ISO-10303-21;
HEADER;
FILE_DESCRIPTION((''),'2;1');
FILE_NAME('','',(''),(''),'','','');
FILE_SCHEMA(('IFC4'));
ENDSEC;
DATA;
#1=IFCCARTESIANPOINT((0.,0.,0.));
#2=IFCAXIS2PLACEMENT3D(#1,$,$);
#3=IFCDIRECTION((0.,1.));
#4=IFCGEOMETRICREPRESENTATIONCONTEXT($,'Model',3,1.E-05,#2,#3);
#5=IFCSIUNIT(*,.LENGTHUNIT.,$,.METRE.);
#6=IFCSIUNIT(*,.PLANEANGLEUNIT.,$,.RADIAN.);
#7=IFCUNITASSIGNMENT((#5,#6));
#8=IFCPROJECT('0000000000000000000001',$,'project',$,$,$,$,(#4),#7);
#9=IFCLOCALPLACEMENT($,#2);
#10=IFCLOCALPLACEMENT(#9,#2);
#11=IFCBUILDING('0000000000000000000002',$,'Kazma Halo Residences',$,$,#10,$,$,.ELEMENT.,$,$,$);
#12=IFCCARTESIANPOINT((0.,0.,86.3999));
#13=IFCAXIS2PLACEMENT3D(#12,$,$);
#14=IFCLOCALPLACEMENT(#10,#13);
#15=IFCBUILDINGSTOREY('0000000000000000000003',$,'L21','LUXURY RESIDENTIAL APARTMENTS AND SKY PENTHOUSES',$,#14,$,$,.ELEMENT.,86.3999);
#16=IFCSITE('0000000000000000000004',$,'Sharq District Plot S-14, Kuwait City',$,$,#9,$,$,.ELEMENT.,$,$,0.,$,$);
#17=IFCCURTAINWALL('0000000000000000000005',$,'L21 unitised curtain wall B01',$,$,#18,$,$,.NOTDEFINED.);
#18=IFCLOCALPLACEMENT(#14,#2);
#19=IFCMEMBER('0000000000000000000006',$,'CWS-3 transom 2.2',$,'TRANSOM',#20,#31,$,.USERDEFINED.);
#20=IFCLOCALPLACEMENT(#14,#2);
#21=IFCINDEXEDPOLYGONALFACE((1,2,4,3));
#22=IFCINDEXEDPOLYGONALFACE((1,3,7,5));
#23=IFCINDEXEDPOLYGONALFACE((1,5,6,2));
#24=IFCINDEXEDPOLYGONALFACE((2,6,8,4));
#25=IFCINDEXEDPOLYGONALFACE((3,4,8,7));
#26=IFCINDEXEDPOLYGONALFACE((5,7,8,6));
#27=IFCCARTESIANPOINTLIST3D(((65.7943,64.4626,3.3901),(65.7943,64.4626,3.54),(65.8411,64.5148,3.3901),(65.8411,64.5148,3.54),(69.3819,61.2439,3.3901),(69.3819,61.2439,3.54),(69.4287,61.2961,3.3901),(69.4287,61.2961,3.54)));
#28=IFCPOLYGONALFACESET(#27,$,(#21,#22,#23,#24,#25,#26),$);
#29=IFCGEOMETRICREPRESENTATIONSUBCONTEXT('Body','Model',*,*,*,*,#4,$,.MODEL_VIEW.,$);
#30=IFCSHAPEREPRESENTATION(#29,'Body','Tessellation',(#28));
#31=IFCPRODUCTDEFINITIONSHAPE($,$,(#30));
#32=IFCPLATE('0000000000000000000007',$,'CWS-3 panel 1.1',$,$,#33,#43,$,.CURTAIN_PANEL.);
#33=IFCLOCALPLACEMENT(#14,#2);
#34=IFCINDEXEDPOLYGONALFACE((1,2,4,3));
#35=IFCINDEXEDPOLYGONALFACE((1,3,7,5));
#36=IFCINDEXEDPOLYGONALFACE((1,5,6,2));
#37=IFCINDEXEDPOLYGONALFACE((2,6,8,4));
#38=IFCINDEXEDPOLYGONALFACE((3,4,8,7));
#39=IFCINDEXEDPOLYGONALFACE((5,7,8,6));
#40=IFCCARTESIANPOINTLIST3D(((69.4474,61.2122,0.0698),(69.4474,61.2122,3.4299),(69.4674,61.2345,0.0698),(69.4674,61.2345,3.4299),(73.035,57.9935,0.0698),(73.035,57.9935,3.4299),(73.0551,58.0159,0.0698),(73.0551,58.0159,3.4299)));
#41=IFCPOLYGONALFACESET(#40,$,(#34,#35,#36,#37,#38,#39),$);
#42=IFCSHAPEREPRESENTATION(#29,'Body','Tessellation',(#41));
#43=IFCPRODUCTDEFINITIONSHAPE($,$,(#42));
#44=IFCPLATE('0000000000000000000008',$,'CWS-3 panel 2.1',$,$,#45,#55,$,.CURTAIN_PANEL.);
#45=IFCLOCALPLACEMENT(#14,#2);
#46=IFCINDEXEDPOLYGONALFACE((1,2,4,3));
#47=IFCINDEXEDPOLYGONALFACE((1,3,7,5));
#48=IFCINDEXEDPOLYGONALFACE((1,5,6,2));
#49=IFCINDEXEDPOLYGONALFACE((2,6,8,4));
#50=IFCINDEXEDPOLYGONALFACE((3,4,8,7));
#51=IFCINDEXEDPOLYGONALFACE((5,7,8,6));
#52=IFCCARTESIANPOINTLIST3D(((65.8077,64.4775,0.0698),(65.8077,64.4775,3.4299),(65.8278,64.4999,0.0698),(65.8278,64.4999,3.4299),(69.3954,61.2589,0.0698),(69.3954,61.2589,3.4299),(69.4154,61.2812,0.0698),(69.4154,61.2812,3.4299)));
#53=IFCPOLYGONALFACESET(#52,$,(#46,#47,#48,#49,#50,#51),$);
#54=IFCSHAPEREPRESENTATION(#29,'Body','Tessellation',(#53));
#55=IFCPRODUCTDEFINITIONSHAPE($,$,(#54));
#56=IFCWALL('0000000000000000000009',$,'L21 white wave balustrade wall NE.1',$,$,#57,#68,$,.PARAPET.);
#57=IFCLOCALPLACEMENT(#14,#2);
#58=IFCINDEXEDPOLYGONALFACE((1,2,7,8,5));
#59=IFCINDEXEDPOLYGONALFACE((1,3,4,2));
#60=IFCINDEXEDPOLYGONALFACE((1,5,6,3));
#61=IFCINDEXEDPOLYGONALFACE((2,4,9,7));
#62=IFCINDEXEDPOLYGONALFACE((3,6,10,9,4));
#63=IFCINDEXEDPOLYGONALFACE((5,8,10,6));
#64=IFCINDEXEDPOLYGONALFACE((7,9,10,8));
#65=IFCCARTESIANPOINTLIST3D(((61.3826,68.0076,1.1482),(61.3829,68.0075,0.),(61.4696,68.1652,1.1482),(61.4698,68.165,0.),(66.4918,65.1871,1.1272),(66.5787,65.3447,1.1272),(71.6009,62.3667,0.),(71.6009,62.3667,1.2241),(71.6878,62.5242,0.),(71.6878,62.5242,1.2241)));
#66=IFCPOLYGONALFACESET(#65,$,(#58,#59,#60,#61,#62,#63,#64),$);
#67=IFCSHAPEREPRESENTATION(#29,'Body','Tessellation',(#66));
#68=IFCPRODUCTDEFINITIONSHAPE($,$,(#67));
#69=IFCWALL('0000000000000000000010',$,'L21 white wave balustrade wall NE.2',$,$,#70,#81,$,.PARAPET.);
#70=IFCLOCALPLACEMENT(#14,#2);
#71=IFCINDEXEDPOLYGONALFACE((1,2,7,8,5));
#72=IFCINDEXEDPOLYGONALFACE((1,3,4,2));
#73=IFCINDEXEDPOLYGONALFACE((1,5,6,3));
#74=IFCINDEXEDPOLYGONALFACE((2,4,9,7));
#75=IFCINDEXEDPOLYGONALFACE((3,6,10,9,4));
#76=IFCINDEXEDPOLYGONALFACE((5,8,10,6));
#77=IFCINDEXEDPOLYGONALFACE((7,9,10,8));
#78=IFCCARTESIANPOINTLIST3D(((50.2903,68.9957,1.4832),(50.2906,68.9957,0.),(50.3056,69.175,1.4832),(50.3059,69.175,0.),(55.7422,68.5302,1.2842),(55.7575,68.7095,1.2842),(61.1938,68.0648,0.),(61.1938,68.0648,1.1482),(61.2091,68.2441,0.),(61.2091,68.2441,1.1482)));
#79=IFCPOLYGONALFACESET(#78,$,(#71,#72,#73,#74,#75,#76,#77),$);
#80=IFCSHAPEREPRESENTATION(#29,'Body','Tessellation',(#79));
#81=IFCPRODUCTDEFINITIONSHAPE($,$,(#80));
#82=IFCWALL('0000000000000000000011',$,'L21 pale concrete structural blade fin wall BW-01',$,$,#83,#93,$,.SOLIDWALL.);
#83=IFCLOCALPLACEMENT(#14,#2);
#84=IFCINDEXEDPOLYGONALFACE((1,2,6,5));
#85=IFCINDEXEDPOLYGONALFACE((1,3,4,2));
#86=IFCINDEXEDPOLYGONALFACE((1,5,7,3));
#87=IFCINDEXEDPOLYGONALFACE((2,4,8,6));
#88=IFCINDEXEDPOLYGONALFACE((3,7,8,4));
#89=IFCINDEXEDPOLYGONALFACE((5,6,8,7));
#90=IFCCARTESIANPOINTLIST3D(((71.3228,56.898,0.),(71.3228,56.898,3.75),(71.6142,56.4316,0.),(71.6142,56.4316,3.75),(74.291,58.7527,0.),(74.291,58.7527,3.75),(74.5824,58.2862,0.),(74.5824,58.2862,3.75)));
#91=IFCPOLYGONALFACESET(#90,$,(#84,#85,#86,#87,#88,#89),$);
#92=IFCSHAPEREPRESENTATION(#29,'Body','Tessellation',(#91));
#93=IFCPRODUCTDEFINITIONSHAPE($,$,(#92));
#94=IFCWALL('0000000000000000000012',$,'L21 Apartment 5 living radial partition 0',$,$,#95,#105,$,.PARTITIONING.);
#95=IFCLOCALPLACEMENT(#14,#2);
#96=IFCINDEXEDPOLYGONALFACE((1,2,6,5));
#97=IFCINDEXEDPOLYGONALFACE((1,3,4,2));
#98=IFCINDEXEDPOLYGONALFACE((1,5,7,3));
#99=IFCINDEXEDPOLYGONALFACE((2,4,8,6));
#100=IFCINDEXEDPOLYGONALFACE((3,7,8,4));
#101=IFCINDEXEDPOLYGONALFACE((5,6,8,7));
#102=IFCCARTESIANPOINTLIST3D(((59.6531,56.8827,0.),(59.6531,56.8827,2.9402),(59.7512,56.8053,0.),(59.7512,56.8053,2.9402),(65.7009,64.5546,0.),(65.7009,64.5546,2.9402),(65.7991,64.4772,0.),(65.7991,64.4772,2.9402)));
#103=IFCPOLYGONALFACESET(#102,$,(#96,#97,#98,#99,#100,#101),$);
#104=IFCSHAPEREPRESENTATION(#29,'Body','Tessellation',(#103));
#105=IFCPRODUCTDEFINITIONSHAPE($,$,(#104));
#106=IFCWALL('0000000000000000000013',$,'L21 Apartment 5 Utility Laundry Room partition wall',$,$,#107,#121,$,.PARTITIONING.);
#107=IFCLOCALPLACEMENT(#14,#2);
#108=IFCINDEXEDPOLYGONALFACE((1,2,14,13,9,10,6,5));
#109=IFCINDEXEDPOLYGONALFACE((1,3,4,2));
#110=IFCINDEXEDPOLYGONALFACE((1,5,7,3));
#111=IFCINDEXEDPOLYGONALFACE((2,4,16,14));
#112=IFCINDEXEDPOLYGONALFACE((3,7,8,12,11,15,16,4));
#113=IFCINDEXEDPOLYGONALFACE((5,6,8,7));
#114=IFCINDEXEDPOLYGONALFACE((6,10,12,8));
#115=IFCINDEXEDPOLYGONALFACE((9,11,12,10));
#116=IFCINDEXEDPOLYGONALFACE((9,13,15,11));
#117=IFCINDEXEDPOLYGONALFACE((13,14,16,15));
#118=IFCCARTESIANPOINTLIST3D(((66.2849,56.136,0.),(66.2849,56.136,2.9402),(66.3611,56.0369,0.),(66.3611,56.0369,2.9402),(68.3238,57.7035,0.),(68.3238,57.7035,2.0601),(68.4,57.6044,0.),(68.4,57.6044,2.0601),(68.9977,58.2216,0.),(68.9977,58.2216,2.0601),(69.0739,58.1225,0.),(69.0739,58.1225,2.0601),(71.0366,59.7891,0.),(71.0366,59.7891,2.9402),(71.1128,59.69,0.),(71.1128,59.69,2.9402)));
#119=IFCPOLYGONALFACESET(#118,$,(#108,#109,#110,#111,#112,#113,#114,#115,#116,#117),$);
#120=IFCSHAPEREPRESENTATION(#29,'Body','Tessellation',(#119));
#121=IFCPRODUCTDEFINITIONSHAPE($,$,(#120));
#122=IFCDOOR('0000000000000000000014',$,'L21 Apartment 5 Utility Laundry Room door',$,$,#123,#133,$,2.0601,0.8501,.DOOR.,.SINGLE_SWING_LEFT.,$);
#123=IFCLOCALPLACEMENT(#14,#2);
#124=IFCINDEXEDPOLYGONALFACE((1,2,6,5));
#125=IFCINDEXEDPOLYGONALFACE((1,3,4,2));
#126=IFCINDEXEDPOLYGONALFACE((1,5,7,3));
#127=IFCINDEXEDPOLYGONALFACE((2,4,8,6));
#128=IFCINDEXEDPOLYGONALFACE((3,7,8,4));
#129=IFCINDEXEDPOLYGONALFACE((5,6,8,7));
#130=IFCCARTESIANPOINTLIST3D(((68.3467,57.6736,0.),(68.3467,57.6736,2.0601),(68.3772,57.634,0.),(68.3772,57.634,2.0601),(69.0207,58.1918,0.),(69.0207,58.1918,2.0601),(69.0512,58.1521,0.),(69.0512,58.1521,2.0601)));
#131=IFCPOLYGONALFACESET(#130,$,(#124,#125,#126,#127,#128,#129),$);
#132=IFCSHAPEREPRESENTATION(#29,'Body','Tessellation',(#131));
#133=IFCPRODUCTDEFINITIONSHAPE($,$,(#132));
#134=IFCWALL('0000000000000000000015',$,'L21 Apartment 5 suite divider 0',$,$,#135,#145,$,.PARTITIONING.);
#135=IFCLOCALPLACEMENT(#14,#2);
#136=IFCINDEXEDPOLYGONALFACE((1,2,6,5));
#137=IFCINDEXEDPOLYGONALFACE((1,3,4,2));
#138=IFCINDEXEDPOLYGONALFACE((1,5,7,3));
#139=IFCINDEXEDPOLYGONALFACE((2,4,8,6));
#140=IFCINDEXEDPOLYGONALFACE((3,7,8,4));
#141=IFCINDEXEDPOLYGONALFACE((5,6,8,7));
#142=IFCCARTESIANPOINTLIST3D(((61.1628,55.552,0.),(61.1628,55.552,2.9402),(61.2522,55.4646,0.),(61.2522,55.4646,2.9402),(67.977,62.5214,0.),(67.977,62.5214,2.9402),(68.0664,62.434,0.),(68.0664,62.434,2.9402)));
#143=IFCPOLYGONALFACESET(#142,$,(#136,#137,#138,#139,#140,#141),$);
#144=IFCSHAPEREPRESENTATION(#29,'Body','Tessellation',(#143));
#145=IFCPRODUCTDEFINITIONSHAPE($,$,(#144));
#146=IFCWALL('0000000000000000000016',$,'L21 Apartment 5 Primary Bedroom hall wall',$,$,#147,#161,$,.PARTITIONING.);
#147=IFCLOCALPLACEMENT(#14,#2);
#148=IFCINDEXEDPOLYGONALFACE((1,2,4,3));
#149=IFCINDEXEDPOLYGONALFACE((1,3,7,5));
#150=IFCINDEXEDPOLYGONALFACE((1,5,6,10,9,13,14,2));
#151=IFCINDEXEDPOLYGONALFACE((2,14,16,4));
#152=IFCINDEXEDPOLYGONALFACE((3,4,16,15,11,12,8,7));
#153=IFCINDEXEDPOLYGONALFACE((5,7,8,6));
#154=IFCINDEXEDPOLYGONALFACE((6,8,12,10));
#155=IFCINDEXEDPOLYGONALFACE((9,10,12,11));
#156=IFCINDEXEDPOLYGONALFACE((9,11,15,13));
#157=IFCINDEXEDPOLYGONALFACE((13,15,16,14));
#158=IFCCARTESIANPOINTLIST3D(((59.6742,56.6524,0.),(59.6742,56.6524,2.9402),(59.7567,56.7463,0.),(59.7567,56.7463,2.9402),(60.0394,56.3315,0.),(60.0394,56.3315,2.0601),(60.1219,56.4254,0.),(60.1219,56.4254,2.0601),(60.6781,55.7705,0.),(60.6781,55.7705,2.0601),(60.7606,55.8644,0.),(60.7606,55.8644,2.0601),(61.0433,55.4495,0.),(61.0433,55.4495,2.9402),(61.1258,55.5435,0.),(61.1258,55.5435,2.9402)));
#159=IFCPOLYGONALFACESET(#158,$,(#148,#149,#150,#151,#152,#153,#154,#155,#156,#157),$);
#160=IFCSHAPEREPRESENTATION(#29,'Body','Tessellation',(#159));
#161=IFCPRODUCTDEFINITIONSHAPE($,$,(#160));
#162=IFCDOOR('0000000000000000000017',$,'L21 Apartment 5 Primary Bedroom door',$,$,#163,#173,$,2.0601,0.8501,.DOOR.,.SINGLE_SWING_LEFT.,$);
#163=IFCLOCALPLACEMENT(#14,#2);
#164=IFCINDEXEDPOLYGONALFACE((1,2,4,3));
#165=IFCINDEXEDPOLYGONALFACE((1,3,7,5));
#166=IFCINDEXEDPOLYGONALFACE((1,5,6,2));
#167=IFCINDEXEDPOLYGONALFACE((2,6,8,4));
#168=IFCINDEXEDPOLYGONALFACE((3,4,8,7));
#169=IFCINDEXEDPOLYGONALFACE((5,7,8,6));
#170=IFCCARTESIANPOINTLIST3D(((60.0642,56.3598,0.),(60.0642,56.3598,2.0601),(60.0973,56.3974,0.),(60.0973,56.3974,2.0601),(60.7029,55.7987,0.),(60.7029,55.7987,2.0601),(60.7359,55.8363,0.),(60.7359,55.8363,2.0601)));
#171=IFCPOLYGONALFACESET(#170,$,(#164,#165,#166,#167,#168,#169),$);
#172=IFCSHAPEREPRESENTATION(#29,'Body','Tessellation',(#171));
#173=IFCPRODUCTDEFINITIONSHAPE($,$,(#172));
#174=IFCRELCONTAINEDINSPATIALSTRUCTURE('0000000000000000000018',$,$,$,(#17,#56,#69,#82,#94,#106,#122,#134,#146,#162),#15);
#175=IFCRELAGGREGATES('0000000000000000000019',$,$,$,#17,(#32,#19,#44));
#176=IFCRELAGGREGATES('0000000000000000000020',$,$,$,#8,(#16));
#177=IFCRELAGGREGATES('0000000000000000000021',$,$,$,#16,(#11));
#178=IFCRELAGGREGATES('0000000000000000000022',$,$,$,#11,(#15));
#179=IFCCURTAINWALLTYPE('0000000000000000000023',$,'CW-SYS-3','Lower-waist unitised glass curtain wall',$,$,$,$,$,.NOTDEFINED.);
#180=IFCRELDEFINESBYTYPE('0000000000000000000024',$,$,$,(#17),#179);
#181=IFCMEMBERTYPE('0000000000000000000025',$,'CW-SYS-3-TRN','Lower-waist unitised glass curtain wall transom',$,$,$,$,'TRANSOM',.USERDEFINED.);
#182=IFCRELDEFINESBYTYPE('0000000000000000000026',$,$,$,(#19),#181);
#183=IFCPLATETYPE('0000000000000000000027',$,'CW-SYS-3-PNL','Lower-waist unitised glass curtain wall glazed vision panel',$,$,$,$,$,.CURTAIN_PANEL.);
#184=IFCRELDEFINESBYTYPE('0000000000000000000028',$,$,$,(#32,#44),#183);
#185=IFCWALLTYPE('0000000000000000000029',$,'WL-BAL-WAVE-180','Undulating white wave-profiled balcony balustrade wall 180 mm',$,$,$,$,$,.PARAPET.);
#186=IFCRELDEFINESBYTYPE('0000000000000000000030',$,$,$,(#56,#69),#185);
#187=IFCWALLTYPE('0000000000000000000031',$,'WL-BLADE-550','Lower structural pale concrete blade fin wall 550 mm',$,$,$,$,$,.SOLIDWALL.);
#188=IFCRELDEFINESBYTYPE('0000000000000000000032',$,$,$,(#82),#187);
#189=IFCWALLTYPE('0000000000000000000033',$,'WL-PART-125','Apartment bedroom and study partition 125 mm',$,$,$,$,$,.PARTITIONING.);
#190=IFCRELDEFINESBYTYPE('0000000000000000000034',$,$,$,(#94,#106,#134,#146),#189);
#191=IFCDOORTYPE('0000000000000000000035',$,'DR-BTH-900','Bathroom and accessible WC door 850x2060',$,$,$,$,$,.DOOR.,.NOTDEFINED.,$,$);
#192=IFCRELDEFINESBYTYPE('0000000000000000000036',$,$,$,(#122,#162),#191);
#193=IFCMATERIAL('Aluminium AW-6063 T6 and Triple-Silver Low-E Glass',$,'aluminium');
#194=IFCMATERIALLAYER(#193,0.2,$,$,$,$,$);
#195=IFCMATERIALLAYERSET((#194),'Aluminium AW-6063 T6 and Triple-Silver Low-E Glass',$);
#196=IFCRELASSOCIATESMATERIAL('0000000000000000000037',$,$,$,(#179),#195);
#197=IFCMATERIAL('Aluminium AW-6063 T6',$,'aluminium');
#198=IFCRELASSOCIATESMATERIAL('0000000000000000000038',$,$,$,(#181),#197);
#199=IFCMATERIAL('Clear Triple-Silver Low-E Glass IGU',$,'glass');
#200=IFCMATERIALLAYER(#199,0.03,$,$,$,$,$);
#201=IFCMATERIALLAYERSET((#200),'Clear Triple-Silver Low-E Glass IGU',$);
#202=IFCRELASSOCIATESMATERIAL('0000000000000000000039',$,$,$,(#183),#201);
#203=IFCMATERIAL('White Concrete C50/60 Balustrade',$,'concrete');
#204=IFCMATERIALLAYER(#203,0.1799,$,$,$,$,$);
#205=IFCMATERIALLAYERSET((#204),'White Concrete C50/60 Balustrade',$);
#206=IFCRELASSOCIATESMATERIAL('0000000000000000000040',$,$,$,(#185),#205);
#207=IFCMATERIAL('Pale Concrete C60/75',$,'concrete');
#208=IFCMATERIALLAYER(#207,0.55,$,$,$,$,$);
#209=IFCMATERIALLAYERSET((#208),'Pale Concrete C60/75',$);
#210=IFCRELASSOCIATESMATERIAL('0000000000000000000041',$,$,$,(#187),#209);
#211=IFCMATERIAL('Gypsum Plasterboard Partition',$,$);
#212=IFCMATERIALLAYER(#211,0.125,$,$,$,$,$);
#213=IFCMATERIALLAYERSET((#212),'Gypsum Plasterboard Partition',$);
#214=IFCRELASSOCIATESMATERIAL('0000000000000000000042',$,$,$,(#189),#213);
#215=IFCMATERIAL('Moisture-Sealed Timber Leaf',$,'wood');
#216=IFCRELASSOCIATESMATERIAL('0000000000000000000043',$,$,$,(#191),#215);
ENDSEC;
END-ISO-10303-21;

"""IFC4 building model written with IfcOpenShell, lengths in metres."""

from ifc_helpers import new_model, si_unit, direction, frame, frame_2d, origin, origin_2d, place, context, subcontext, project, spatial, polyline, rectangle, outline, extrude, material, layer, layer_set, material_profile, profile_set, type_object, element, fill, aggregate, save


model = new_model("IFC4")

# Units and contexts
model_context = context("Model", 3, precision=1e-05, world=origin(), true_north=direction((0.0, 1.0)))
body_context = subcontext(model_context, "Body", "Model", "MODEL_VIEW")
ifc_project = project(units=[si_unit("LENGTHUNIT", "METRE"), si_unit("PLANEANGLEUNIT", "RADIAN")], contexts=[model_context])

# Site, building, storey
site_placement = place(None, origin())
site = spatial("IfcSite", under=ifc_project, at=site_placement, Name="Sharq District Plot S-14, Kuwait City", CompositionType="ELEMENT", RefElevation=0.0)
building_placement = place(site_placement, origin())
building = spatial("IfcBuilding", under=site, at=building_placement, Name="Kazma Halo Residences", CompositionType="ELEMENT")
storey_placement = place(building_placement, frame((0.0, 0.0, 86.3999)))
storey = spatial("IfcBuildingStorey", under=building, at=storey_placement, Name="L21", Description="LUXURY RESIDENTIAL APARTMENTS AND SKY PENTHOUSES", CompositionType="ELEMENT", Elevation=86.3999)

# Curtain wall
ifc_material_1 = material(Name="Aluminium AW-6063 T6 and Triple-Silver Low-E Glass", Category="aluminium")
ifc_layer_1 = layer(ifc_material_1, 0.2)
ifc_layer_set_1 = layer_set([ifc_layer_1], Name="Aluminium AW-6063 T6 and Triple-Silver Low-E Glass")
curtain_wall_type = type_object("IfcCurtainWallType", Name="CW-SYS-3", Description="Lower-waist unitised glass curtain wall", PredefinedType="NOTDEFINED", material=ifc_layer_set_1)
curtain_wall_1_placement = place(storey_placement, origin())
curtain_wall_1 = element("IfcCurtainWall", 1, at=curtain_wall_1_placement, inside=storey, type_object=curtain_wall_type, Name="L21 unitised curtain wall B01", PredefinedType="NOTDEFINED")
ifc_material_2 = material(Name="Aluminium AW-6063 T6", Category="aluminium")

# Member
ifc_material_profile_1 = material_profile(ifc_material_2, rectangle(XDim=0.0701, YDim=0.1499, at=origin_2d()), Name="CWT-70x150")
ifc_profile_set_1 = profile_set([ifc_material_profile_1], Name="Aluminium AW-6063 T6")
member_type_1 = type_object("IfcMemberType", Name="CW-SYS-3-TRN", Description="Lower-waist unitised glass curtain wall transom", ElementType="TRANSOM", PredefinedType="USERDEFINED", material=ifc_profile_set_1)
member_1_placement = place(storey_placement, frame((69.4053, 61.27, 3.4651), z_axis=(-0.744338, 0.667803, 0.0), x_axis=(-0.667803, -0.744338, 0.0)))
member_1 = element("IfcMember", 2, at=member_1_placement, type_object=member_type_1, Name="CWS-3 transom 2.2", ObjectType="TRANSOM", PredefinedType="USERDEFINED", context=body_context, shape_type="SweptSolid", body=[
    extrude(rectangle(XDim=0.0701, YDim=0.1499, at=origin_2d()), origin(), (0.0, 0.0, 1.0), 4.8198),
])

# Plates
ifc_material_3 = material(Name="Clear Triple-Silver Low-E Glass IGU", Category="glass")
ifc_layer_2 = layer(ifc_material_3, 0.03)
ifc_layer_set_2 = layer_set([ifc_layer_2], Name="Clear Triple-Silver Low-E Glass IGU")
plate_type = type_object("IfcPlateType", Name="CW-SYS-3-PNL", Description="Lower-waist unitised glass curtain wall glazed vision panel", PredefinedType="CURTAIN_PANEL", material=ifc_layer_set_2)
plate_1_placement = place(storey_placement, frame((71.2512, 59.614, 0.0698), z_axis=(0.0, 0.0, 1.0), x_axis=(-0.744345, 0.667795, 0.0)))
plate_1 = element("IfcPlate", 3, at=plate_1_placement, type_object=plate_type, Name="CWS-3 panel 1.1", PredefinedType="CURTAIN_PANEL", context=body_context, shape_type="SweptSolid", body=[
    extrude(rectangle(XDim=4.8198, YDim=0.03, at=origin_2d()), origin(), (0.0, 0.0, 1.0), 3.3601),
])
plate_2_placement = place(storey_placement, frame((67.6116, 62.8794, 0.0698), z_axis=(0.0, 0.0, 1.0), x_axis=(-0.744345, 0.667795, 0.0)))
plate_2 = element("IfcPlate", 4, at=plate_2_placement, type_object=plate_type, Name="CWS-3 panel 2.1", PredefinedType="CURTAIN_PANEL", context=body_context, shape_type="SweptSolid", body=[
    extrude(rectangle(XDim=4.8198, YDim=0.03, at=origin_2d()), origin(), (0.0, 0.0, 1.0), 3.3601),
])
aggregate(curtain_wall_1, [plate_1, member_1, plate_2])

# Walls
ifc_material_4 = material(Name="White Concrete C50/60 Balustrade", Category="concrete")
ifc_layer_3 = layer(ifc_material_4, 0.1799)
ifc_layer_set_3 = layer_set([ifc_layer_3], Name="White Concrete C50/60 Balustrade")
wall_type_1 = type_object("IfcWallType", Name="WL-BAL-WAVE-180", Description="Undulating white wave-profiled balcony balustrade wall 180 mm", PredefinedType="PARAPET", material=ifc_layer_set_3)
wall_1_placement = place(storey_placement, frame((71.6443, 62.4453, 0.0), z_axis=(0.0, 0.0, 1.0), x_axis=(-0.875457, 0.483297, 0.0)))
element("IfcWall", 5, at=wall_1_placement, inside=storey, type_object=wall_type_1, Name="L21 white wave balustrade wall NE.1", PredefinedType="PARAPET", context=body_context, shape_type="SweptSolid", body=[
    extrude(outline(polyline([(0.0, 0.0), (11.6716, 0.0), (11.6719, 1.1482), (5.8359, 1.1272), (0.0, 1.2241), (0.0, 0.0)])), frame((0.0, 0.0898, 0.0), z_axis=(0.0, -1.0, 0.0), x_axis=(1.0, 0.0, 0.0)), (0.0, 0.0, 1.0), 0.1799),
])
wall_2_placement = place(storey_placement, frame((61.2014, 68.1543, 0.0), z_axis=(0.0, 0.0, 1.0), x_axis=(-0.996375, 0.085069, 0.0)))
element("IfcWall", 6, at=wall_2_placement, inside=storey, type_object=wall_type_1, Name="L21 white wave balustrade wall NE.2", PredefinedType="PARAPET", context=body_context, shape_type="SweptSolid", body=[
    extrude(outline(polyline([(0.0, 0.0), (10.9429, 0.0), (10.9431, 1.4832), (5.4714, 1.2842), (0.0, 1.1482), (0.0, 0.0)])), frame((0.0, 0.0898, 0.0), z_axis=(0.0, -1.0, 0.0), x_axis=(1.0, 0.0, 0.0)), (0.0, 0.0, 1.0), 0.1799),
])
ifc_material_5 = material(Name="Pale Concrete C60/75", Category="concrete")
ifc_layer_4 = layer(ifc_material_5, 0.55)
ifc_layer_set_4 = layer_set([ifc_layer_4], Name="Pale Concrete C60/75")
wall_type_2 = type_object("IfcWallType", Name="WL-BLADE-550", Description="Lower structural pale concrete blade fin wall 550 mm", PredefinedType="SOLIDWALL", material=ifc_layer_set_4)
wall_3_placement = place(storey_placement, frame((71.4685, 56.6648, 0.0), z_axis=(0.0, 0.0, 1.0), x_axis=(0.848053, 0.529911, 0.0)))
element("IfcWall", 7, at=wall_3_placement, inside=storey, type_object=wall_type_2, Name="L21 pale concrete structural blade fin wall BW-01", PredefinedType="SOLIDWALL", context=body_context, shape_type="SweptSolid", body=[
    extrude(rectangle(XDim=3.5, YDim=0.55, at=frame_2d((1.75, 0.0))), origin(), (0.0, 0.0, 1.0), 3.75),
])

# Wall
ifc_material_6 = material(Name="Gypsum Plasterboard Partition")
ifc_layer_5 = layer(ifc_material_6, 0.125)
ifc_layer_set_5 = layer_set([ifc_layer_5], Name="Gypsum Plasterboard Partition")
wall_type_3 = type_object("IfcWallType", Name="WL-PART-125", Description="Apartment bedroom and study partition 125 mm", PredefinedType="PARTITIONING", material=ifc_layer_set_5)
wall_4_placement = place(storey_placement, frame((59.7021, 56.844, 0.0), z_axis=(0.0, 0.0, 1.0), x_axis=(0.619083, 0.785325, 0.0)))
element("IfcWall", 8, at=wall_4_placement, inside=storey, type_object=wall_type_3, Name="L21 Apartment 5 living radial partition 0", PredefinedType="PARTITIONING", context=body_context, shape_type="SweptSolid", body=[
    extrude(rectangle(XDim=9.769, YDim=0.125, at=frame_2d((4.8845, 0.0))), origin(), (0.0, 0.0, 1.0), 2.9402),
])

# Wall, opening, door
wall_5_placement = place(storey_placement, frame((66.323, 56.0864, 0.0), z_axis=(0.0, 0.0, 1.0), x_axis=(0.792792, 0.609492, 0.0)))
wall_5 = element("IfcWall", 9, at=wall_5_placement, inside=storey, type_object=wall_type_3, Name="L21 Apartment 5 Utility Laundry Room partition wall", PredefinedType="PARTITIONING", context=body_context, shape_type="SweptSolid", body=[
    extrude(rectangle(XDim=5.9937, YDim=0.125, at=frame_2d((2.9968, 0.0))), origin(), (0.0, 0.0, 1.0), 2.9402),
])
opening_1_placement = place(wall_5_placement, frame((2.5718, 0.0, 0.0)))
opening_1 = element("IfcOpeningElement", 10, at=opening_1_placement, cuts=wall_5, PredefinedType="OPENING", context=body_context, shape_type="SweptSolid", body=[
    extrude(rectangle(XDim=0.8501, YDim=2.0601, at=frame_2d((0.425, 1.03))), frame((0.0, 0.0725, 0.0), z_axis=(0.0, -1.0, 0.0), x_axis=(1.0, 0.0, 0.0)), (0.0, 0.0, 1.0), 0.145),
])
ifc_material_7 = material(Name="Moisture-Sealed Timber Leaf", Category="wood")
door_type_1 = type_object("IfcDoorType", Name="DR-BTH-900", Description="Bathroom and accessible WC door 850x2060", OperationType="NOTDEFINED", PredefinedType="DOOR", material=ifc_material_7)
door_1_placement = place(opening_1_placement, origin())
door_1 = element("IfcDoor", 11, at=door_1_placement, inside=storey, type_object=door_type_1, Name="L21 Apartment 5 Utility Laundry Room door", OperationType="SINGLE_SWING_LEFT", OverallHeight=2.0601, OverallWidth=0.8501, PredefinedType="DOOR", context=body_context, shape_type="SweptSolid", body=[
    extrude(rectangle(XDim=0.8501, YDim=2.0601, at=frame_2d((0.425, 1.03))), frame((0.0, 0.0249, 0.0), z_axis=(0.0, -1.0, 0.0), x_axis=(1.0, 0.0, 0.0)), (0.0, 0.0, 1.0), 0.05),
])
fill(opening_1, door_1)

# Wall
wall_6_placement = place(storey_placement, frame((61.2075, 55.5083, 0.0), z_axis=(0.0, 0.0, 1.0), x_axis=(0.699097, 0.715027, 0.0)))
element("IfcWall", 12, at=wall_6_placement, inside=storey, type_object=wall_type_3, Name="L21 Apartment 5 suite divider 0", PredefinedType="PARTITIONING", context=body_context, shape_type="SweptSolid", body=[
    extrude(rectangle(XDim=9.7471, YDim=0.125, at=frame_2d((4.8735, 0.0))), origin(), (0.0, 0.0, 1.0), 2.9402),
])

# Wall, opening, door
wall_7_placement = place(storey_placement, frame((61.0845, 55.4966, 0.0), z_axis=(0.0, 0.0, 1.0), x_axis=(-0.751247, 0.660021, 0.0)))
wall_7 = element("IfcWall", 13, at=wall_7_placement, inside=storey, type_object=wall_type_3, Name="L21 Apartment 5 Primary Bedroom hall wall", PredefinedType="PARTITIONING", context=body_context, shape_type="SweptSolid", body=[
    extrude(rectangle(XDim=1.8225, YDim=0.125, at=frame_2d((0.9111, 0.0))), origin(), (0.0, 0.0, 1.0), 2.9402),
])
opening_2_placement = place(wall_7_placement, frame((0.4861, 0.0, 0.0)))
opening_2 = element("IfcOpeningElement", 14, at=opening_2_placement, cuts=wall_7, PredefinedType="OPENING", context=body_context, shape_type="SweptSolid", body=[
    extrude(rectangle(XDim=0.8501, YDim=2.0601, at=frame_2d((0.425, 1.03))), frame((0.0, 0.0725, 0.0), z_axis=(0.0, -1.0, 0.0), x_axis=(1.0, 0.0, 0.0)), (0.0, 0.0, 1.0), 0.145),
])
door_2_placement = place(opening_2_placement, origin())
door_2 = element("IfcDoor", 15, at=door_2_placement, inside=storey, type_object=door_type_1, Name="L21 Apartment 5 Primary Bedroom door", OperationType="SINGLE_SWING_LEFT", OverallHeight=2.0601, OverallWidth=0.8501, PredefinedType="DOOR", context=body_context, shape_type="SweptSolid", body=[
    extrude(rectangle(XDim=0.8501, YDim=2.0601, at=frame_2d((0.425, 1.03))), frame((0.0, 0.0249, 0.0), z_axis=(0.0, -1.0, 0.0), x_axis=(1.0, 0.0, 0.0)), (0.0, 0.0, 1.0), 0.05),
])
fill(opening_2, door_2)

save(model, "model.ifc")
